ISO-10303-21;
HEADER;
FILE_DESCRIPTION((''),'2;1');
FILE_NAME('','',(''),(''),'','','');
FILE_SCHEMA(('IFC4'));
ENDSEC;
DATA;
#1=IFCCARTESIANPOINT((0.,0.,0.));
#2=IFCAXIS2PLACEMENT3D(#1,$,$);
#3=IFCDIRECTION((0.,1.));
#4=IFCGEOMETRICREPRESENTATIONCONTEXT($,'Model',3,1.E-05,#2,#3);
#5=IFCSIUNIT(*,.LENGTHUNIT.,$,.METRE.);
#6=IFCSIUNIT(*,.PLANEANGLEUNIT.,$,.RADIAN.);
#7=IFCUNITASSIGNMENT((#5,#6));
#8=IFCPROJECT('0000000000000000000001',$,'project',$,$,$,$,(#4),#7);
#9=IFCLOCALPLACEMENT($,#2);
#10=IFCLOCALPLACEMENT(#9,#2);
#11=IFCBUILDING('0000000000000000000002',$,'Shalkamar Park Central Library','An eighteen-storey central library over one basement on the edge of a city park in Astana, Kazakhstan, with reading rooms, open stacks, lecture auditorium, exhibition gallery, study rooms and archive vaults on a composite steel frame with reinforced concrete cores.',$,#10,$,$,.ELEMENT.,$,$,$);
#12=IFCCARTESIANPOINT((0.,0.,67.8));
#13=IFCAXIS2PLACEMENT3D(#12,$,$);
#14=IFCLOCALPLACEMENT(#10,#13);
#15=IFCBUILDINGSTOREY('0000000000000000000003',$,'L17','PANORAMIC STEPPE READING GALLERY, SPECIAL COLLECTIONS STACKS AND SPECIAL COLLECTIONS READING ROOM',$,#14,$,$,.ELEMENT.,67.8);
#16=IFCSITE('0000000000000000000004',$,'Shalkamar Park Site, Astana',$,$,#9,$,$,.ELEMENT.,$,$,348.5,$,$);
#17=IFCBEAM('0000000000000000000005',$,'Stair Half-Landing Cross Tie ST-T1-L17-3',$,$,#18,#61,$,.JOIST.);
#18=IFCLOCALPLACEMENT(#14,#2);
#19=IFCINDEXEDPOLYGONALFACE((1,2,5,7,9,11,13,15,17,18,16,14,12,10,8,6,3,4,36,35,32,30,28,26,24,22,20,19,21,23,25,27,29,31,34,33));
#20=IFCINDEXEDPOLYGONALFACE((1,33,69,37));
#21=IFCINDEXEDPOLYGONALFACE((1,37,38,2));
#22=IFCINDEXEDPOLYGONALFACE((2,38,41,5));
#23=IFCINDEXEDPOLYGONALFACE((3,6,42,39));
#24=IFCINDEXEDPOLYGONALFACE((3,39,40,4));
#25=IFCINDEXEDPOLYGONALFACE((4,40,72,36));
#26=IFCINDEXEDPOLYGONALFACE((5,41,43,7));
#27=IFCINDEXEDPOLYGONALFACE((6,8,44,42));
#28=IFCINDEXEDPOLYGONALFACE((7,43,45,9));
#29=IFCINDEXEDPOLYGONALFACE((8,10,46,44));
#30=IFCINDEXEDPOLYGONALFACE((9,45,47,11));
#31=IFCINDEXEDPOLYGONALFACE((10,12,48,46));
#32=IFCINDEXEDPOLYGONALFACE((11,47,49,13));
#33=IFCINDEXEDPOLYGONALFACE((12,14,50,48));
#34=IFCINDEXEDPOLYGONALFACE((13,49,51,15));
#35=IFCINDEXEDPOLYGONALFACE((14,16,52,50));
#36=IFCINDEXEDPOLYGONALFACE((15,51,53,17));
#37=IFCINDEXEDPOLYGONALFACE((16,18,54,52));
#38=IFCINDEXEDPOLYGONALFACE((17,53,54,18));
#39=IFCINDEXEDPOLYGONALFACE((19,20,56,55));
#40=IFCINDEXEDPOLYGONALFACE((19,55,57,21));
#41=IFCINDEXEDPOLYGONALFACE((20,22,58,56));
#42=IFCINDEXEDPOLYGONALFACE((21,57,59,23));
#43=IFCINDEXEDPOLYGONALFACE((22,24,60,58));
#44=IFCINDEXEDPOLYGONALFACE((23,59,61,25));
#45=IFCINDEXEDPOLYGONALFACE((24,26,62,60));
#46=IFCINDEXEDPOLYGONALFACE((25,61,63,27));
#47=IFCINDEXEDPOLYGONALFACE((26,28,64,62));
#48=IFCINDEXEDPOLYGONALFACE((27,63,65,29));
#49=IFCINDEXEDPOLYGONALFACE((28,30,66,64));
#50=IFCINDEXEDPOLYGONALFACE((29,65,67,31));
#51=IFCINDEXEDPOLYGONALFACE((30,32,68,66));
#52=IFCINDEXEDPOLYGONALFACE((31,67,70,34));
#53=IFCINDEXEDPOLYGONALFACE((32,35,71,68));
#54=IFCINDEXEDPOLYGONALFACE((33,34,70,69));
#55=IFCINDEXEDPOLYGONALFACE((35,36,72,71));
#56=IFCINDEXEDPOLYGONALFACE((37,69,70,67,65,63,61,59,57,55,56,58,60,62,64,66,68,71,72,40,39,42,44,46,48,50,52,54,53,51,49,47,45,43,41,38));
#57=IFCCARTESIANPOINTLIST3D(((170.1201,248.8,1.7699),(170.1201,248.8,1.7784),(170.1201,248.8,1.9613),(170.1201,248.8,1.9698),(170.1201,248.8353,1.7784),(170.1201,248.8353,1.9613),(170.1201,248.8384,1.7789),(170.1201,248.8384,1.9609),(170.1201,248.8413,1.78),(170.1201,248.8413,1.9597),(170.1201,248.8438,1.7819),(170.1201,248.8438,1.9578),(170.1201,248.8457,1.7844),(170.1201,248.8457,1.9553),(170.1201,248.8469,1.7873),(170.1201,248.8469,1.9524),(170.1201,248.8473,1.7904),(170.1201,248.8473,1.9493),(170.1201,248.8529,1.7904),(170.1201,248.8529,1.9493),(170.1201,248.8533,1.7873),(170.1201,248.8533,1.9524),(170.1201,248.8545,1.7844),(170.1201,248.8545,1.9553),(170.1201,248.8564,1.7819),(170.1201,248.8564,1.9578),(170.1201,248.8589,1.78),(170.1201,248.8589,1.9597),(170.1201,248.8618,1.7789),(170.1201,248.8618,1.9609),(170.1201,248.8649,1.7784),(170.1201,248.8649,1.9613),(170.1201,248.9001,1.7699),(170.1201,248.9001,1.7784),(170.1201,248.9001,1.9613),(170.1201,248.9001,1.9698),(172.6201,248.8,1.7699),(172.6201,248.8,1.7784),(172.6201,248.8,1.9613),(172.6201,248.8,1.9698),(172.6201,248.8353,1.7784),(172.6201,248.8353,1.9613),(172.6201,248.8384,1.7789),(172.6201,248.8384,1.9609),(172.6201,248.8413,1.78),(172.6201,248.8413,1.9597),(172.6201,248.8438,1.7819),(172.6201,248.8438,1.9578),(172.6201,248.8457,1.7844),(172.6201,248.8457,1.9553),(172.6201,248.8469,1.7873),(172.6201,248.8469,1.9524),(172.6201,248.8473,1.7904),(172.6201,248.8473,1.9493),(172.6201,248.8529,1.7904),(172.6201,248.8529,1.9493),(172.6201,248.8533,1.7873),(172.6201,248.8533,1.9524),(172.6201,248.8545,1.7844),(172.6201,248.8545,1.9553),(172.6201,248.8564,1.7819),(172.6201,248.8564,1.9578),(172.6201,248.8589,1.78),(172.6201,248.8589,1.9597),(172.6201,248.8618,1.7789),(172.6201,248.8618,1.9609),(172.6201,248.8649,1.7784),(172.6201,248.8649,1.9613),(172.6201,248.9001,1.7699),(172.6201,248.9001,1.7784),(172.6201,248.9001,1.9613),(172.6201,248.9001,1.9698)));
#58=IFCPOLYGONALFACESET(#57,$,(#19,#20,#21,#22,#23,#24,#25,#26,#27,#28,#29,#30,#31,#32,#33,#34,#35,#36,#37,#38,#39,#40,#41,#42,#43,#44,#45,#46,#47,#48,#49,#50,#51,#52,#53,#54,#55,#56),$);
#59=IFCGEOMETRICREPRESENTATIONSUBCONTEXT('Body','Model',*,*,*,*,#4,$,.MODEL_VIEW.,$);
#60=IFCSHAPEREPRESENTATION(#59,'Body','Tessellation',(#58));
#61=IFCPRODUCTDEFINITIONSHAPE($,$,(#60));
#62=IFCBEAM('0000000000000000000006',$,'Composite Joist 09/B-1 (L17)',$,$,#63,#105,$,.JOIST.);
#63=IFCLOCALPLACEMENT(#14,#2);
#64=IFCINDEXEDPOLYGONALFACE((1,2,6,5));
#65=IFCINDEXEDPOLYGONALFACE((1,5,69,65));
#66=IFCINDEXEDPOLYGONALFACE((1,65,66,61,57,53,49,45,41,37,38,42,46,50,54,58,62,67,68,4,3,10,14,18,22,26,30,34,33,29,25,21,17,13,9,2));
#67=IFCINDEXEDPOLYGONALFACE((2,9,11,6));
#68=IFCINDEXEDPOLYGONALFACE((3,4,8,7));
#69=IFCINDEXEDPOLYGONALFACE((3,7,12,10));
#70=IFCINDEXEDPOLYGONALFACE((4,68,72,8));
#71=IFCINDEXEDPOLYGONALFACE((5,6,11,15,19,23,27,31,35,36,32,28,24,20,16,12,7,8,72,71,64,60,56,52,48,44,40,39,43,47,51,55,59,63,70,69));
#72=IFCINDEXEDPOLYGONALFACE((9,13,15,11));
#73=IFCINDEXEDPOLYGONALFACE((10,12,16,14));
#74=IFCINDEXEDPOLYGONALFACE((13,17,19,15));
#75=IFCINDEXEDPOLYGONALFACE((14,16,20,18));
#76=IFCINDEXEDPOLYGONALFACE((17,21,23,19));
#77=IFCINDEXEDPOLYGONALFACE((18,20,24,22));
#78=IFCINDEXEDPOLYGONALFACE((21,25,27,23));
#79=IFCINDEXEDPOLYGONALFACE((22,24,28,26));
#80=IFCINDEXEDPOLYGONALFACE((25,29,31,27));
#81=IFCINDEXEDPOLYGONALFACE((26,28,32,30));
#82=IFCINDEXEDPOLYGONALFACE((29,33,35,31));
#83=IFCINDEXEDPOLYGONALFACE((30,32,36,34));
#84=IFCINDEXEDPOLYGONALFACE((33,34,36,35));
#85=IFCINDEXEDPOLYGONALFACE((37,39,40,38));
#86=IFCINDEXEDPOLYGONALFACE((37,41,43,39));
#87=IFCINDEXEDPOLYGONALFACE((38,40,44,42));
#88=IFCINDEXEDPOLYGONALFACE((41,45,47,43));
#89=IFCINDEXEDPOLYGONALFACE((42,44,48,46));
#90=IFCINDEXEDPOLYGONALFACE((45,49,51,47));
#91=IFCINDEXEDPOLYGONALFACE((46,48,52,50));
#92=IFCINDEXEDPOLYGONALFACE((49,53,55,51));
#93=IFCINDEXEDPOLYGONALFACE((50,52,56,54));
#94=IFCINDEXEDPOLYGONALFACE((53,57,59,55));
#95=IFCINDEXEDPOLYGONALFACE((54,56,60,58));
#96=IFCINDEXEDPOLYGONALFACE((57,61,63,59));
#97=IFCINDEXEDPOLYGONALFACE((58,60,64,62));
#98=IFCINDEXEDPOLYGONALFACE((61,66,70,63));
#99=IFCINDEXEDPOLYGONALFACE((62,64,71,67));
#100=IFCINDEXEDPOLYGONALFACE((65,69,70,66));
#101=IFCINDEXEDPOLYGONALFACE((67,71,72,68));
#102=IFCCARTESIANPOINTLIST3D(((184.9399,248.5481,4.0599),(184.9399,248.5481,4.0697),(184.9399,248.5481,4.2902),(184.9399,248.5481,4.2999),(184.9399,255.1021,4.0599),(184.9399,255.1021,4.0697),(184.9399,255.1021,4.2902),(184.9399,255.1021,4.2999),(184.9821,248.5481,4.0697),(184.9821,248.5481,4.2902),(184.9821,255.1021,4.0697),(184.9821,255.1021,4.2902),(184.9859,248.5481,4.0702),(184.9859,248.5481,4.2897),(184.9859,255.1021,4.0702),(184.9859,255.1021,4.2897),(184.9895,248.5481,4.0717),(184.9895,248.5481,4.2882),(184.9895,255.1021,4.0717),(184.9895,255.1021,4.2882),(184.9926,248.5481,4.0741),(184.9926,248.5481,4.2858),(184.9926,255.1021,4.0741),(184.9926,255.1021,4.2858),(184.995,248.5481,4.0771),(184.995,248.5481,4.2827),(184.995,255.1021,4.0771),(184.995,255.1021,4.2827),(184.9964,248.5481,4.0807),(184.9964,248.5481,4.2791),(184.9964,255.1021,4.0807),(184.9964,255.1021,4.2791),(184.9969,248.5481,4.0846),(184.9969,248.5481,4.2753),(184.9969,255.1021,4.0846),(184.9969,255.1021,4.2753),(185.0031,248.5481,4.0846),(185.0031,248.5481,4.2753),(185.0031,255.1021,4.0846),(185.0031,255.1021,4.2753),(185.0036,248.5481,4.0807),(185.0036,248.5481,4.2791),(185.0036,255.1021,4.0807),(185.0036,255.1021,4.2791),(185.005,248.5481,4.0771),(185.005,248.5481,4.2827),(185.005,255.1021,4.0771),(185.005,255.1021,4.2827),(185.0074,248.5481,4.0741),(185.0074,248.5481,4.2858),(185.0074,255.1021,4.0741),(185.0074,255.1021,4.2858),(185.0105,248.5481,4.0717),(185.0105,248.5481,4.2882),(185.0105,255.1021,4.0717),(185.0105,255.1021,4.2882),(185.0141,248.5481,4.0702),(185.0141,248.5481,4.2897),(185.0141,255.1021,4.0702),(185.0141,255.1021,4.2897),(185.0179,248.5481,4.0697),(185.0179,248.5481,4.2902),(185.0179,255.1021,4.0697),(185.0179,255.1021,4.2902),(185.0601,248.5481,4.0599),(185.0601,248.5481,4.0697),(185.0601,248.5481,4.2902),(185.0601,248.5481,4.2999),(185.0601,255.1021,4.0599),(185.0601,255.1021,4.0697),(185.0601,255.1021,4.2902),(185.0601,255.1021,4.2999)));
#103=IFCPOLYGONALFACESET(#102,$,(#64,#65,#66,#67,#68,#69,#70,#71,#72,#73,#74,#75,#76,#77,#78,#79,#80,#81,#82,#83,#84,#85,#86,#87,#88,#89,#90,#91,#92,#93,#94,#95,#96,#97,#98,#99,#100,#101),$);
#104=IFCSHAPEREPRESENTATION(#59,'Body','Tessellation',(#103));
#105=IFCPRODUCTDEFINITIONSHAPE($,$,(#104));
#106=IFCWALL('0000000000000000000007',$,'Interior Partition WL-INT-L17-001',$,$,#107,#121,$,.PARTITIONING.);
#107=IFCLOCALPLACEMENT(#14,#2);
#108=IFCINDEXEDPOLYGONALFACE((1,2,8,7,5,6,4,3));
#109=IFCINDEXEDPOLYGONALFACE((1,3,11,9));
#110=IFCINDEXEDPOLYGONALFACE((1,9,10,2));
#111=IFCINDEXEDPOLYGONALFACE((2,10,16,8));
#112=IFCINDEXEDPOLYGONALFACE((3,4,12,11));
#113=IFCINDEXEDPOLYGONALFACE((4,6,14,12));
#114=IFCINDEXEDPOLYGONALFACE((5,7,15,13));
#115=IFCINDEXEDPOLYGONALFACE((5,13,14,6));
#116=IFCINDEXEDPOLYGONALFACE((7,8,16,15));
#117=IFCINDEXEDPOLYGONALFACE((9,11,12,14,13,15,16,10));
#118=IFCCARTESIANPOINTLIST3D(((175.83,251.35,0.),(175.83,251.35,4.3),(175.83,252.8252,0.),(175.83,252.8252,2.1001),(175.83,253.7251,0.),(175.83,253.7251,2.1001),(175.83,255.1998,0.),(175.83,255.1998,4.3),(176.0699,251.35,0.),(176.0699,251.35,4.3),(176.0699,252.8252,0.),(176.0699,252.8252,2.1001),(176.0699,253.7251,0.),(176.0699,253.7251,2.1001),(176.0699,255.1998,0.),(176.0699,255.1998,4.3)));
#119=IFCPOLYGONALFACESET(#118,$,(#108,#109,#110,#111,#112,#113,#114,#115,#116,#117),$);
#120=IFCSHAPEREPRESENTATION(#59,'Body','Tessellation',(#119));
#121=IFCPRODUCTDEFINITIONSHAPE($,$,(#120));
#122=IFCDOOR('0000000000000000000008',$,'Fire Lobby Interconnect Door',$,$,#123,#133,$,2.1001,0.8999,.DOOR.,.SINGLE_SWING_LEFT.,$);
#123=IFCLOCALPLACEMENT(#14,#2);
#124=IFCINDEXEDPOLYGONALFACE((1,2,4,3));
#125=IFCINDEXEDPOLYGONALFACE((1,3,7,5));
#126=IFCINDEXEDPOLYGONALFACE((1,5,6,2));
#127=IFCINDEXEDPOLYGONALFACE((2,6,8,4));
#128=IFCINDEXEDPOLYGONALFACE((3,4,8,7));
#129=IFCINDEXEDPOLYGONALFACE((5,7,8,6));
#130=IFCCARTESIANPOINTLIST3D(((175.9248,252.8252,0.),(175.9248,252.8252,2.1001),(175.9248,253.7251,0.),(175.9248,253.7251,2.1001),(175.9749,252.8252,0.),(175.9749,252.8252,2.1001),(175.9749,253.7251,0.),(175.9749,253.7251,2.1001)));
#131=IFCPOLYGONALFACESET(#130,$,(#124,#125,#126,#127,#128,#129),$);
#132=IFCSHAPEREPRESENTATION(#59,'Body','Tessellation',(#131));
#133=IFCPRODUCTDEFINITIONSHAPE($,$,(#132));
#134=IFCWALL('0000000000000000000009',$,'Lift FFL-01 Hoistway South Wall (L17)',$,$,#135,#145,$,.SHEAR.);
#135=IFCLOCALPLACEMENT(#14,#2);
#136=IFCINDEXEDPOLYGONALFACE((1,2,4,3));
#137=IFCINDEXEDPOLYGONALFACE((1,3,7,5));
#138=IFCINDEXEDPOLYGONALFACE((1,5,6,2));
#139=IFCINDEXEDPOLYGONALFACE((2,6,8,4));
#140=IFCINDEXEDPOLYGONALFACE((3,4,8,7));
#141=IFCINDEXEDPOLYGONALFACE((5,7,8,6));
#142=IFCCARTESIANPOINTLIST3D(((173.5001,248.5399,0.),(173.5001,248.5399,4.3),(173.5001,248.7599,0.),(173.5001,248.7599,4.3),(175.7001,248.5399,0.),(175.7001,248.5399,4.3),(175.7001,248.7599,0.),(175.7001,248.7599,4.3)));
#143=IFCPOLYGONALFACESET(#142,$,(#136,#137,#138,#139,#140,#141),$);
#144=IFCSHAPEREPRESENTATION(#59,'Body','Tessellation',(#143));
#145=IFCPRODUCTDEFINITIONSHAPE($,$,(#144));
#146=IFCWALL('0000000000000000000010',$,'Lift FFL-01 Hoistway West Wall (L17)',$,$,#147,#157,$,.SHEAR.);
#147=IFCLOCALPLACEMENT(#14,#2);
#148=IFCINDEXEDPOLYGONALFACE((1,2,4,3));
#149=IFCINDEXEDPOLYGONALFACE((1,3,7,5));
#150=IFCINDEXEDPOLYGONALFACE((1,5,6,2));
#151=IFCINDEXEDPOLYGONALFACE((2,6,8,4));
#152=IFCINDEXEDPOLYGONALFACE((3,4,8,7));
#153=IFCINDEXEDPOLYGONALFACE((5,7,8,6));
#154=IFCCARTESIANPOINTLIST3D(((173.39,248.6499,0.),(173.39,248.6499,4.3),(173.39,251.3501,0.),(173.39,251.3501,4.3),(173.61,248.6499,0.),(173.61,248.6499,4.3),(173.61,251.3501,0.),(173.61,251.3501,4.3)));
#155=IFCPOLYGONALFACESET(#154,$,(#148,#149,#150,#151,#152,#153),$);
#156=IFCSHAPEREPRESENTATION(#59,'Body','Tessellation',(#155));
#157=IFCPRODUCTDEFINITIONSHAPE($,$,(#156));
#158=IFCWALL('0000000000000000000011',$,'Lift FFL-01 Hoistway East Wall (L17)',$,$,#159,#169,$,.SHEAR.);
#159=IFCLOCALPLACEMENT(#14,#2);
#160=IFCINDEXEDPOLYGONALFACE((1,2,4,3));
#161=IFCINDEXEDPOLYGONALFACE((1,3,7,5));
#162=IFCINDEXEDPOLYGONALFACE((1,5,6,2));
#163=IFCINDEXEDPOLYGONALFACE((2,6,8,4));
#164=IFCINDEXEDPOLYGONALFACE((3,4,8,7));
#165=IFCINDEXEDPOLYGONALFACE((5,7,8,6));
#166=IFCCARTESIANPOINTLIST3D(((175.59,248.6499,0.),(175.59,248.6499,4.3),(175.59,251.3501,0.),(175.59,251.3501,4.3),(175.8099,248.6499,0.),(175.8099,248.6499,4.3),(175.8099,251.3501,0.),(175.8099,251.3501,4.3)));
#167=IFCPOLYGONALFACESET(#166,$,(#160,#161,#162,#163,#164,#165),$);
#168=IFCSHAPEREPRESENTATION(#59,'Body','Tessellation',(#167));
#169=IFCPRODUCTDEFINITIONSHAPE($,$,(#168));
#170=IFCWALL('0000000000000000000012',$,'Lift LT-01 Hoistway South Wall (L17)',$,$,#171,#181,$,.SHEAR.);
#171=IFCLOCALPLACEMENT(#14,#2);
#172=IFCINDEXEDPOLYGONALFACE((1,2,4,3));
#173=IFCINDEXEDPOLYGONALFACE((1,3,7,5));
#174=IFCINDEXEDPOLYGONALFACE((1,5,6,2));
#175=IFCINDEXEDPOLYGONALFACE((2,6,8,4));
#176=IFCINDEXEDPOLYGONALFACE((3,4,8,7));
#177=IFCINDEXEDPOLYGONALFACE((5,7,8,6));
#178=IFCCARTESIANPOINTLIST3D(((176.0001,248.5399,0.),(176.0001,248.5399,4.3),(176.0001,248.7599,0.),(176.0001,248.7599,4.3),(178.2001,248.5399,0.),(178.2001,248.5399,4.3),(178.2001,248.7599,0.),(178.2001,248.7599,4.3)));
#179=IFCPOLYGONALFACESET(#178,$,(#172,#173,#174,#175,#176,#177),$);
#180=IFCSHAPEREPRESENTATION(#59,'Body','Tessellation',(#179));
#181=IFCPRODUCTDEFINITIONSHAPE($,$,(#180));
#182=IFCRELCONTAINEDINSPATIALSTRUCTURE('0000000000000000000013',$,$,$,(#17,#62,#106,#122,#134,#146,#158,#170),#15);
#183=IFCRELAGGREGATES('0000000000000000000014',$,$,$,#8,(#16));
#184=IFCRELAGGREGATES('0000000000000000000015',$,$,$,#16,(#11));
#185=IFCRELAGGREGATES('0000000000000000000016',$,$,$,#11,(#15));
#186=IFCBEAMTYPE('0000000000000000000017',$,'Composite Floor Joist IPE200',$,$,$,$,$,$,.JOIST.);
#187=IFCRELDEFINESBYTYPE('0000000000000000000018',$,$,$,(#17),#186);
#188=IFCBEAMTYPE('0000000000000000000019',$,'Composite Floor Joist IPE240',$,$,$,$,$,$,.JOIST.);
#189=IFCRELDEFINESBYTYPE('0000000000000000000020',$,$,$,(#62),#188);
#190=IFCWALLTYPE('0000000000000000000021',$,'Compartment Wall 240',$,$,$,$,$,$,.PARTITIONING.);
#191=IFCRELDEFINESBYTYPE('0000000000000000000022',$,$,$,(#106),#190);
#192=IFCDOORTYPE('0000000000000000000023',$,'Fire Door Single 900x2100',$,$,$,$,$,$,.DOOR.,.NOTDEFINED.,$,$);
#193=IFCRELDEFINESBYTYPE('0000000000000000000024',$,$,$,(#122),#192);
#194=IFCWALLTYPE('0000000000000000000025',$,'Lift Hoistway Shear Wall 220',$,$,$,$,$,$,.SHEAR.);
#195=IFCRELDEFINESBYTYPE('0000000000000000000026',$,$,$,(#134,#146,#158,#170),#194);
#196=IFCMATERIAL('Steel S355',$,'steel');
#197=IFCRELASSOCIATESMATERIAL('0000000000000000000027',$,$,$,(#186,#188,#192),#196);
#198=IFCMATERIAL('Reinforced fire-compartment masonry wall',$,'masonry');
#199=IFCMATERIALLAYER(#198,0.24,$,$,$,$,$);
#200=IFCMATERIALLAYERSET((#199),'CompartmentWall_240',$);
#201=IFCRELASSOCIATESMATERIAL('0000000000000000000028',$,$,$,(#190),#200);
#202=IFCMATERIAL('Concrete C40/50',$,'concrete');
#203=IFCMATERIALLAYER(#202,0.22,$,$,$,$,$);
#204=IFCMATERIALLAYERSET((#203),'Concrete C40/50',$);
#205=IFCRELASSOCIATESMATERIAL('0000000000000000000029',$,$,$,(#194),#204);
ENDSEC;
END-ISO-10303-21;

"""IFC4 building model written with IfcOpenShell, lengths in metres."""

from ifc_helpers import new_model, si_unit, direction, frame, frame_2d, origin, origin_2d, place, context, subcontext, project, spatial, rectangle, i_section, extrude, material, layer, layer_set, material_profile, profile_set, type_object, element, fill, save


model = new_model("IFC4")

# Units and contexts
model_context = context("Model", 3, precision=1e-05, world=origin(), true_north=direction((0.0, 1.0)))
body_context = subcontext(model_context, "Body", "Model", "MODEL_VIEW")
ifc_project = project(units=[si_unit("LENGTHUNIT", "METRE"), si_unit("PLANEANGLEUNIT", "RADIAN")], contexts=[model_context])

# Site, building, storey
site_placement = place(None, origin())
site = spatial("IfcSite", under=ifc_project, at=site_placement, Name="Shalkamar Park Site, Astana", CompositionType="ELEMENT", RefElevation=348.5)
building_placement = place(site_placement, origin())
building = spatial("IfcBuilding", under=site, at=building_placement, Name="Shalkamar Park Central Library", Description="An eighteen-storey central library over one basement on the edge of a city park in Astana, Kazakhstan, with reading rooms, open stacks, lecture auditorium, exhibition gallery, study rooms and archive vaults on a composite steel frame with reinforced concrete cores.", CompositionType="ELEMENT")
storey_placement = place(building_placement, frame((0.0, 0.0, 67.8)))
storey = spatial("IfcBuildingStorey", under=building, at=storey_placement, Name="L17", Description="PANORAMIC STEPPE READING GALLERY, SPECIAL COLLECTIONS STACKS AND SPECIAL COLLECTIONS READING ROOM", CompositionType="ELEMENT", Elevation=67.8)

# Beams
ifc_material_1 = material(Name="Steel S355", Category="steel")
ifc_material_profile_1 = material_profile(ifc_material_1, i_section(OverallWidth=0.1001, OverallDepth=0.2, WebThickness=0.0056, FlangeThickness=0.0085, FilletRadius=0.012, at=origin_2d()), Name="IPE 200")
ifc_profile_set_1 = profile_set([ifc_material_profile_1], Name="Steel S355")
beam_type_1 = type_object("IfcBeamType", Name="Composite Floor Joist IPE200", PredefinedType="JOIST", material=ifc_profile_set_1)
beam_1_placement = place(storey_placement, frame((170.1201, 248.8501, 1.8699), z_axis=(1.0, 0.0, 0.0), x_axis=(0.0, 1.0, 0.0)))
element("IfcBeam", 1, at=beam_1_placement, inside=storey, type_object=beam_type_1, Name="Stair Half-Landing Cross Tie ST-T1-L17-3", PredefinedType="JOIST", context=body_context, shape_type="SweptSolid", body=[
    extrude(i_section(OverallWidth=0.1001, OverallDepth=0.2, WebThickness=0.0056, FlangeThickness=0.0085, FilletRadius=0.012, at=origin_2d()), origin(), (0.0, 0.0, 1.0), 2.5),
])
ifc_material_profile_2 = material_profile(ifc_material_1, i_section(OverallWidth=0.1201, OverallDepth=0.24, WebThickness=0.0061, FlangeThickness=0.0098, FilletRadius=0.0149, at=origin_2d()), Name="IPE 240")
ifc_profile_set_2 = profile_set([ifc_material_profile_2], Name="Steel S355")
beam_type_2 = type_object("IfcBeamType", Name="Composite Floor Joist IPE240", PredefinedType="JOIST", material=ifc_profile_set_2)
beam_2_placement = place(storey_placement, frame((185.0, 248.5481, 4.1799), z_axis=(0.0, 1.0, 0.0), x_axis=(-1.0, 0.0, 0.0)))
element("IfcBeam", 2, at=beam_2_placement, inside=storey, type_object=beam_type_2, Name="Composite Joist 09/B-1 (L17)", PredefinedType="JOIST", context=body_context, shape_type="SweptSolid", body=[
    extrude(i_section(OverallWidth=0.1201, OverallDepth=0.24, WebThickness=0.0061, FlangeThickness=0.0098, FilletRadius=0.0149, at=origin_2d()), origin(), (0.0, 0.0, 1.0), 6.554),
])

# Wall, opening, door
ifc_material_2 = material(Name="Reinforced fire-compartment masonry wall", Category="masonry")
ifc_layer_1 = layer(ifc_material_2, 0.24)
ifc_layer_set_1 = layer_set([ifc_layer_1], Name="CompartmentWall_240")
wall_type_1 = type_object("IfcWallType", Name="Compartment Wall 240", PredefinedType="PARTITIONING", material=ifc_layer_set_1)
wall_1_placement = place(storey_placement, frame((175.95, 251.3501, 0.0), z_axis=(0.0, 0.0, 1.0), x_axis=(0.0, 1.0, 0.0)))
wall_1 = element("IfcWall", 3, at=wall_1_placement, inside=storey, type_object=wall_type_1, Name="Interior Partition WL-INT-L17-001", PredefinedType="PARTITIONING", context=body_context, shape_type="SweptSolid", body=[
    extrude(rectangle(XDim=3.8499, YDim=0.24, at=frame_2d((1.9248, 0.0))), origin(), (0.0, 0.0, 1.0), 4.3),
])
opening_1_placement = place(wall_1_placement, frame((1.4751, 0.0, 0.0)))
opening_1 = element("IfcOpeningElement", 4, at=opening_1_placement, cuts=wall_1, PredefinedType="OPENING", context=body_context, shape_type="SweptSolid", body=[
    extrude(rectangle(XDim=0.8999, YDim=2.1001, at=frame_2d((0.45, 1.05))), frame((0.0, 0.1348, 0.0), z_axis=(0.0, -1.0, 0.0), x_axis=(1.0, 0.0, 0.0)), (0.0, 0.0, 1.0), 0.2698),
])
door_type_1 = type_object("IfcDoorType", Name="Fire Door Single 900x2100", OperationType="NOTDEFINED", PredefinedType="DOOR", material=ifc_material_1)
door_1_placement = place(opening_1_placement, frame((0.8999, 0.0, 0.0), z_axis=(0.0, 0.0, 1.0), x_axis=(-1.0, 0.0, 0.0)))
door_1 = element("IfcDoor", 5, at=door_1_placement, inside=storey, type_object=door_type_1, Name="Fire Lobby Interconnect Door", OperationType="SINGLE_SWING_LEFT", OverallHeight=2.1001, OverallWidth=0.8999, PredefinedType="DOOR", context=body_context, shape_type="SweptSolid", body=[
    extrude(rectangle(XDim=0.8999, YDim=2.1001, at=frame_2d((0.45, 1.05))), frame((0.0, 0.0249, 0.0), z_axis=(0.0, -1.0, 0.0), x_axis=(1.0, 0.0, 0.0)), (0.0, 0.0, 1.0), 0.05),
])
fill(opening_1, door_1)

# Walls
ifc_material_3 = material(Name="Concrete C40/50", Category="concrete")
ifc_layer_2 = layer(ifc_material_3, 0.22)
ifc_layer_set_2 = layer_set([ifc_layer_2], Name="Concrete C40/50")
wall_type_2 = type_object("IfcWallType", Name="Lift Hoistway Shear Wall 220", PredefinedType="SHEAR", material=ifc_layer_set_2)
wall_2_placement = place(storey_placement, frame((173.5, 248.6499, 0.0), z_axis=(0.0, 0.0, 1.0), x_axis=(1.0, 0.0, 0.0)))
element("IfcWall", 6, at=wall_2_placement, inside=storey, type_object=wall_type_2, Name="Lift FFL-01 Hoistway South Wall (L17)", PredefinedType="SHEAR", context=body_context, shape_type="SweptSolid", body=[
    extrude(rectangle(XDim=2.2, YDim=0.22, at=frame_2d((1.1001, 0.0))), origin(), (0.0, 0.0, 1.0), 4.3),
])
for number, where, z_axis, x_axis, name in (
    (7, (173.5, 248.6499, 0.0), (0.0, 0.0, 1.0), (0.0, 1.0, 0.0), "Lift FFL-01 Hoistway West Wall (L17)"),
    (8, (175.7, 248.6499, 0.0), (0.0, 0.0, 1.0), (0.0, 1.0, 0.0), "Lift FFL-01 Hoistway East Wall (L17)"),
):
    element("IfcWall", number, at=place(storey_placement, frame(where, z_axis=z_axis, x_axis=x_axis)), inside=storey, type_object=wall_type_2, Name=name, PredefinedType="SHEAR", context=body_context, shape_type="SweptSolid", body=[
        extrude(rectangle(XDim=2.7002, YDim=0.22, at=frame_2d((1.3501, 0.0))), origin(), (0.0, 0.0, 1.0), 4.3),
    ])

# Wall
wall_3_placement = place(storey_placement, frame((176.0, 248.6499, 0.0), z_axis=(0.0, 0.0, 1.0), x_axis=(1.0, 0.0, 0.0)))
element("IfcWall", 9, at=wall_3_placement, inside=storey, type_object=wall_type_2, Name="Lift LT-01 Hoistway South Wall (L17)", PredefinedType="SHEAR", context=body_context, shape_type="SweptSolid", body=[
    extrude(rectangle(XDim=2.2, YDim=0.22, at=frame_2d((1.1001, 0.0))), origin(), (0.0, 0.0, 1.0), 4.3),
])

save(model, "model.ifc")
